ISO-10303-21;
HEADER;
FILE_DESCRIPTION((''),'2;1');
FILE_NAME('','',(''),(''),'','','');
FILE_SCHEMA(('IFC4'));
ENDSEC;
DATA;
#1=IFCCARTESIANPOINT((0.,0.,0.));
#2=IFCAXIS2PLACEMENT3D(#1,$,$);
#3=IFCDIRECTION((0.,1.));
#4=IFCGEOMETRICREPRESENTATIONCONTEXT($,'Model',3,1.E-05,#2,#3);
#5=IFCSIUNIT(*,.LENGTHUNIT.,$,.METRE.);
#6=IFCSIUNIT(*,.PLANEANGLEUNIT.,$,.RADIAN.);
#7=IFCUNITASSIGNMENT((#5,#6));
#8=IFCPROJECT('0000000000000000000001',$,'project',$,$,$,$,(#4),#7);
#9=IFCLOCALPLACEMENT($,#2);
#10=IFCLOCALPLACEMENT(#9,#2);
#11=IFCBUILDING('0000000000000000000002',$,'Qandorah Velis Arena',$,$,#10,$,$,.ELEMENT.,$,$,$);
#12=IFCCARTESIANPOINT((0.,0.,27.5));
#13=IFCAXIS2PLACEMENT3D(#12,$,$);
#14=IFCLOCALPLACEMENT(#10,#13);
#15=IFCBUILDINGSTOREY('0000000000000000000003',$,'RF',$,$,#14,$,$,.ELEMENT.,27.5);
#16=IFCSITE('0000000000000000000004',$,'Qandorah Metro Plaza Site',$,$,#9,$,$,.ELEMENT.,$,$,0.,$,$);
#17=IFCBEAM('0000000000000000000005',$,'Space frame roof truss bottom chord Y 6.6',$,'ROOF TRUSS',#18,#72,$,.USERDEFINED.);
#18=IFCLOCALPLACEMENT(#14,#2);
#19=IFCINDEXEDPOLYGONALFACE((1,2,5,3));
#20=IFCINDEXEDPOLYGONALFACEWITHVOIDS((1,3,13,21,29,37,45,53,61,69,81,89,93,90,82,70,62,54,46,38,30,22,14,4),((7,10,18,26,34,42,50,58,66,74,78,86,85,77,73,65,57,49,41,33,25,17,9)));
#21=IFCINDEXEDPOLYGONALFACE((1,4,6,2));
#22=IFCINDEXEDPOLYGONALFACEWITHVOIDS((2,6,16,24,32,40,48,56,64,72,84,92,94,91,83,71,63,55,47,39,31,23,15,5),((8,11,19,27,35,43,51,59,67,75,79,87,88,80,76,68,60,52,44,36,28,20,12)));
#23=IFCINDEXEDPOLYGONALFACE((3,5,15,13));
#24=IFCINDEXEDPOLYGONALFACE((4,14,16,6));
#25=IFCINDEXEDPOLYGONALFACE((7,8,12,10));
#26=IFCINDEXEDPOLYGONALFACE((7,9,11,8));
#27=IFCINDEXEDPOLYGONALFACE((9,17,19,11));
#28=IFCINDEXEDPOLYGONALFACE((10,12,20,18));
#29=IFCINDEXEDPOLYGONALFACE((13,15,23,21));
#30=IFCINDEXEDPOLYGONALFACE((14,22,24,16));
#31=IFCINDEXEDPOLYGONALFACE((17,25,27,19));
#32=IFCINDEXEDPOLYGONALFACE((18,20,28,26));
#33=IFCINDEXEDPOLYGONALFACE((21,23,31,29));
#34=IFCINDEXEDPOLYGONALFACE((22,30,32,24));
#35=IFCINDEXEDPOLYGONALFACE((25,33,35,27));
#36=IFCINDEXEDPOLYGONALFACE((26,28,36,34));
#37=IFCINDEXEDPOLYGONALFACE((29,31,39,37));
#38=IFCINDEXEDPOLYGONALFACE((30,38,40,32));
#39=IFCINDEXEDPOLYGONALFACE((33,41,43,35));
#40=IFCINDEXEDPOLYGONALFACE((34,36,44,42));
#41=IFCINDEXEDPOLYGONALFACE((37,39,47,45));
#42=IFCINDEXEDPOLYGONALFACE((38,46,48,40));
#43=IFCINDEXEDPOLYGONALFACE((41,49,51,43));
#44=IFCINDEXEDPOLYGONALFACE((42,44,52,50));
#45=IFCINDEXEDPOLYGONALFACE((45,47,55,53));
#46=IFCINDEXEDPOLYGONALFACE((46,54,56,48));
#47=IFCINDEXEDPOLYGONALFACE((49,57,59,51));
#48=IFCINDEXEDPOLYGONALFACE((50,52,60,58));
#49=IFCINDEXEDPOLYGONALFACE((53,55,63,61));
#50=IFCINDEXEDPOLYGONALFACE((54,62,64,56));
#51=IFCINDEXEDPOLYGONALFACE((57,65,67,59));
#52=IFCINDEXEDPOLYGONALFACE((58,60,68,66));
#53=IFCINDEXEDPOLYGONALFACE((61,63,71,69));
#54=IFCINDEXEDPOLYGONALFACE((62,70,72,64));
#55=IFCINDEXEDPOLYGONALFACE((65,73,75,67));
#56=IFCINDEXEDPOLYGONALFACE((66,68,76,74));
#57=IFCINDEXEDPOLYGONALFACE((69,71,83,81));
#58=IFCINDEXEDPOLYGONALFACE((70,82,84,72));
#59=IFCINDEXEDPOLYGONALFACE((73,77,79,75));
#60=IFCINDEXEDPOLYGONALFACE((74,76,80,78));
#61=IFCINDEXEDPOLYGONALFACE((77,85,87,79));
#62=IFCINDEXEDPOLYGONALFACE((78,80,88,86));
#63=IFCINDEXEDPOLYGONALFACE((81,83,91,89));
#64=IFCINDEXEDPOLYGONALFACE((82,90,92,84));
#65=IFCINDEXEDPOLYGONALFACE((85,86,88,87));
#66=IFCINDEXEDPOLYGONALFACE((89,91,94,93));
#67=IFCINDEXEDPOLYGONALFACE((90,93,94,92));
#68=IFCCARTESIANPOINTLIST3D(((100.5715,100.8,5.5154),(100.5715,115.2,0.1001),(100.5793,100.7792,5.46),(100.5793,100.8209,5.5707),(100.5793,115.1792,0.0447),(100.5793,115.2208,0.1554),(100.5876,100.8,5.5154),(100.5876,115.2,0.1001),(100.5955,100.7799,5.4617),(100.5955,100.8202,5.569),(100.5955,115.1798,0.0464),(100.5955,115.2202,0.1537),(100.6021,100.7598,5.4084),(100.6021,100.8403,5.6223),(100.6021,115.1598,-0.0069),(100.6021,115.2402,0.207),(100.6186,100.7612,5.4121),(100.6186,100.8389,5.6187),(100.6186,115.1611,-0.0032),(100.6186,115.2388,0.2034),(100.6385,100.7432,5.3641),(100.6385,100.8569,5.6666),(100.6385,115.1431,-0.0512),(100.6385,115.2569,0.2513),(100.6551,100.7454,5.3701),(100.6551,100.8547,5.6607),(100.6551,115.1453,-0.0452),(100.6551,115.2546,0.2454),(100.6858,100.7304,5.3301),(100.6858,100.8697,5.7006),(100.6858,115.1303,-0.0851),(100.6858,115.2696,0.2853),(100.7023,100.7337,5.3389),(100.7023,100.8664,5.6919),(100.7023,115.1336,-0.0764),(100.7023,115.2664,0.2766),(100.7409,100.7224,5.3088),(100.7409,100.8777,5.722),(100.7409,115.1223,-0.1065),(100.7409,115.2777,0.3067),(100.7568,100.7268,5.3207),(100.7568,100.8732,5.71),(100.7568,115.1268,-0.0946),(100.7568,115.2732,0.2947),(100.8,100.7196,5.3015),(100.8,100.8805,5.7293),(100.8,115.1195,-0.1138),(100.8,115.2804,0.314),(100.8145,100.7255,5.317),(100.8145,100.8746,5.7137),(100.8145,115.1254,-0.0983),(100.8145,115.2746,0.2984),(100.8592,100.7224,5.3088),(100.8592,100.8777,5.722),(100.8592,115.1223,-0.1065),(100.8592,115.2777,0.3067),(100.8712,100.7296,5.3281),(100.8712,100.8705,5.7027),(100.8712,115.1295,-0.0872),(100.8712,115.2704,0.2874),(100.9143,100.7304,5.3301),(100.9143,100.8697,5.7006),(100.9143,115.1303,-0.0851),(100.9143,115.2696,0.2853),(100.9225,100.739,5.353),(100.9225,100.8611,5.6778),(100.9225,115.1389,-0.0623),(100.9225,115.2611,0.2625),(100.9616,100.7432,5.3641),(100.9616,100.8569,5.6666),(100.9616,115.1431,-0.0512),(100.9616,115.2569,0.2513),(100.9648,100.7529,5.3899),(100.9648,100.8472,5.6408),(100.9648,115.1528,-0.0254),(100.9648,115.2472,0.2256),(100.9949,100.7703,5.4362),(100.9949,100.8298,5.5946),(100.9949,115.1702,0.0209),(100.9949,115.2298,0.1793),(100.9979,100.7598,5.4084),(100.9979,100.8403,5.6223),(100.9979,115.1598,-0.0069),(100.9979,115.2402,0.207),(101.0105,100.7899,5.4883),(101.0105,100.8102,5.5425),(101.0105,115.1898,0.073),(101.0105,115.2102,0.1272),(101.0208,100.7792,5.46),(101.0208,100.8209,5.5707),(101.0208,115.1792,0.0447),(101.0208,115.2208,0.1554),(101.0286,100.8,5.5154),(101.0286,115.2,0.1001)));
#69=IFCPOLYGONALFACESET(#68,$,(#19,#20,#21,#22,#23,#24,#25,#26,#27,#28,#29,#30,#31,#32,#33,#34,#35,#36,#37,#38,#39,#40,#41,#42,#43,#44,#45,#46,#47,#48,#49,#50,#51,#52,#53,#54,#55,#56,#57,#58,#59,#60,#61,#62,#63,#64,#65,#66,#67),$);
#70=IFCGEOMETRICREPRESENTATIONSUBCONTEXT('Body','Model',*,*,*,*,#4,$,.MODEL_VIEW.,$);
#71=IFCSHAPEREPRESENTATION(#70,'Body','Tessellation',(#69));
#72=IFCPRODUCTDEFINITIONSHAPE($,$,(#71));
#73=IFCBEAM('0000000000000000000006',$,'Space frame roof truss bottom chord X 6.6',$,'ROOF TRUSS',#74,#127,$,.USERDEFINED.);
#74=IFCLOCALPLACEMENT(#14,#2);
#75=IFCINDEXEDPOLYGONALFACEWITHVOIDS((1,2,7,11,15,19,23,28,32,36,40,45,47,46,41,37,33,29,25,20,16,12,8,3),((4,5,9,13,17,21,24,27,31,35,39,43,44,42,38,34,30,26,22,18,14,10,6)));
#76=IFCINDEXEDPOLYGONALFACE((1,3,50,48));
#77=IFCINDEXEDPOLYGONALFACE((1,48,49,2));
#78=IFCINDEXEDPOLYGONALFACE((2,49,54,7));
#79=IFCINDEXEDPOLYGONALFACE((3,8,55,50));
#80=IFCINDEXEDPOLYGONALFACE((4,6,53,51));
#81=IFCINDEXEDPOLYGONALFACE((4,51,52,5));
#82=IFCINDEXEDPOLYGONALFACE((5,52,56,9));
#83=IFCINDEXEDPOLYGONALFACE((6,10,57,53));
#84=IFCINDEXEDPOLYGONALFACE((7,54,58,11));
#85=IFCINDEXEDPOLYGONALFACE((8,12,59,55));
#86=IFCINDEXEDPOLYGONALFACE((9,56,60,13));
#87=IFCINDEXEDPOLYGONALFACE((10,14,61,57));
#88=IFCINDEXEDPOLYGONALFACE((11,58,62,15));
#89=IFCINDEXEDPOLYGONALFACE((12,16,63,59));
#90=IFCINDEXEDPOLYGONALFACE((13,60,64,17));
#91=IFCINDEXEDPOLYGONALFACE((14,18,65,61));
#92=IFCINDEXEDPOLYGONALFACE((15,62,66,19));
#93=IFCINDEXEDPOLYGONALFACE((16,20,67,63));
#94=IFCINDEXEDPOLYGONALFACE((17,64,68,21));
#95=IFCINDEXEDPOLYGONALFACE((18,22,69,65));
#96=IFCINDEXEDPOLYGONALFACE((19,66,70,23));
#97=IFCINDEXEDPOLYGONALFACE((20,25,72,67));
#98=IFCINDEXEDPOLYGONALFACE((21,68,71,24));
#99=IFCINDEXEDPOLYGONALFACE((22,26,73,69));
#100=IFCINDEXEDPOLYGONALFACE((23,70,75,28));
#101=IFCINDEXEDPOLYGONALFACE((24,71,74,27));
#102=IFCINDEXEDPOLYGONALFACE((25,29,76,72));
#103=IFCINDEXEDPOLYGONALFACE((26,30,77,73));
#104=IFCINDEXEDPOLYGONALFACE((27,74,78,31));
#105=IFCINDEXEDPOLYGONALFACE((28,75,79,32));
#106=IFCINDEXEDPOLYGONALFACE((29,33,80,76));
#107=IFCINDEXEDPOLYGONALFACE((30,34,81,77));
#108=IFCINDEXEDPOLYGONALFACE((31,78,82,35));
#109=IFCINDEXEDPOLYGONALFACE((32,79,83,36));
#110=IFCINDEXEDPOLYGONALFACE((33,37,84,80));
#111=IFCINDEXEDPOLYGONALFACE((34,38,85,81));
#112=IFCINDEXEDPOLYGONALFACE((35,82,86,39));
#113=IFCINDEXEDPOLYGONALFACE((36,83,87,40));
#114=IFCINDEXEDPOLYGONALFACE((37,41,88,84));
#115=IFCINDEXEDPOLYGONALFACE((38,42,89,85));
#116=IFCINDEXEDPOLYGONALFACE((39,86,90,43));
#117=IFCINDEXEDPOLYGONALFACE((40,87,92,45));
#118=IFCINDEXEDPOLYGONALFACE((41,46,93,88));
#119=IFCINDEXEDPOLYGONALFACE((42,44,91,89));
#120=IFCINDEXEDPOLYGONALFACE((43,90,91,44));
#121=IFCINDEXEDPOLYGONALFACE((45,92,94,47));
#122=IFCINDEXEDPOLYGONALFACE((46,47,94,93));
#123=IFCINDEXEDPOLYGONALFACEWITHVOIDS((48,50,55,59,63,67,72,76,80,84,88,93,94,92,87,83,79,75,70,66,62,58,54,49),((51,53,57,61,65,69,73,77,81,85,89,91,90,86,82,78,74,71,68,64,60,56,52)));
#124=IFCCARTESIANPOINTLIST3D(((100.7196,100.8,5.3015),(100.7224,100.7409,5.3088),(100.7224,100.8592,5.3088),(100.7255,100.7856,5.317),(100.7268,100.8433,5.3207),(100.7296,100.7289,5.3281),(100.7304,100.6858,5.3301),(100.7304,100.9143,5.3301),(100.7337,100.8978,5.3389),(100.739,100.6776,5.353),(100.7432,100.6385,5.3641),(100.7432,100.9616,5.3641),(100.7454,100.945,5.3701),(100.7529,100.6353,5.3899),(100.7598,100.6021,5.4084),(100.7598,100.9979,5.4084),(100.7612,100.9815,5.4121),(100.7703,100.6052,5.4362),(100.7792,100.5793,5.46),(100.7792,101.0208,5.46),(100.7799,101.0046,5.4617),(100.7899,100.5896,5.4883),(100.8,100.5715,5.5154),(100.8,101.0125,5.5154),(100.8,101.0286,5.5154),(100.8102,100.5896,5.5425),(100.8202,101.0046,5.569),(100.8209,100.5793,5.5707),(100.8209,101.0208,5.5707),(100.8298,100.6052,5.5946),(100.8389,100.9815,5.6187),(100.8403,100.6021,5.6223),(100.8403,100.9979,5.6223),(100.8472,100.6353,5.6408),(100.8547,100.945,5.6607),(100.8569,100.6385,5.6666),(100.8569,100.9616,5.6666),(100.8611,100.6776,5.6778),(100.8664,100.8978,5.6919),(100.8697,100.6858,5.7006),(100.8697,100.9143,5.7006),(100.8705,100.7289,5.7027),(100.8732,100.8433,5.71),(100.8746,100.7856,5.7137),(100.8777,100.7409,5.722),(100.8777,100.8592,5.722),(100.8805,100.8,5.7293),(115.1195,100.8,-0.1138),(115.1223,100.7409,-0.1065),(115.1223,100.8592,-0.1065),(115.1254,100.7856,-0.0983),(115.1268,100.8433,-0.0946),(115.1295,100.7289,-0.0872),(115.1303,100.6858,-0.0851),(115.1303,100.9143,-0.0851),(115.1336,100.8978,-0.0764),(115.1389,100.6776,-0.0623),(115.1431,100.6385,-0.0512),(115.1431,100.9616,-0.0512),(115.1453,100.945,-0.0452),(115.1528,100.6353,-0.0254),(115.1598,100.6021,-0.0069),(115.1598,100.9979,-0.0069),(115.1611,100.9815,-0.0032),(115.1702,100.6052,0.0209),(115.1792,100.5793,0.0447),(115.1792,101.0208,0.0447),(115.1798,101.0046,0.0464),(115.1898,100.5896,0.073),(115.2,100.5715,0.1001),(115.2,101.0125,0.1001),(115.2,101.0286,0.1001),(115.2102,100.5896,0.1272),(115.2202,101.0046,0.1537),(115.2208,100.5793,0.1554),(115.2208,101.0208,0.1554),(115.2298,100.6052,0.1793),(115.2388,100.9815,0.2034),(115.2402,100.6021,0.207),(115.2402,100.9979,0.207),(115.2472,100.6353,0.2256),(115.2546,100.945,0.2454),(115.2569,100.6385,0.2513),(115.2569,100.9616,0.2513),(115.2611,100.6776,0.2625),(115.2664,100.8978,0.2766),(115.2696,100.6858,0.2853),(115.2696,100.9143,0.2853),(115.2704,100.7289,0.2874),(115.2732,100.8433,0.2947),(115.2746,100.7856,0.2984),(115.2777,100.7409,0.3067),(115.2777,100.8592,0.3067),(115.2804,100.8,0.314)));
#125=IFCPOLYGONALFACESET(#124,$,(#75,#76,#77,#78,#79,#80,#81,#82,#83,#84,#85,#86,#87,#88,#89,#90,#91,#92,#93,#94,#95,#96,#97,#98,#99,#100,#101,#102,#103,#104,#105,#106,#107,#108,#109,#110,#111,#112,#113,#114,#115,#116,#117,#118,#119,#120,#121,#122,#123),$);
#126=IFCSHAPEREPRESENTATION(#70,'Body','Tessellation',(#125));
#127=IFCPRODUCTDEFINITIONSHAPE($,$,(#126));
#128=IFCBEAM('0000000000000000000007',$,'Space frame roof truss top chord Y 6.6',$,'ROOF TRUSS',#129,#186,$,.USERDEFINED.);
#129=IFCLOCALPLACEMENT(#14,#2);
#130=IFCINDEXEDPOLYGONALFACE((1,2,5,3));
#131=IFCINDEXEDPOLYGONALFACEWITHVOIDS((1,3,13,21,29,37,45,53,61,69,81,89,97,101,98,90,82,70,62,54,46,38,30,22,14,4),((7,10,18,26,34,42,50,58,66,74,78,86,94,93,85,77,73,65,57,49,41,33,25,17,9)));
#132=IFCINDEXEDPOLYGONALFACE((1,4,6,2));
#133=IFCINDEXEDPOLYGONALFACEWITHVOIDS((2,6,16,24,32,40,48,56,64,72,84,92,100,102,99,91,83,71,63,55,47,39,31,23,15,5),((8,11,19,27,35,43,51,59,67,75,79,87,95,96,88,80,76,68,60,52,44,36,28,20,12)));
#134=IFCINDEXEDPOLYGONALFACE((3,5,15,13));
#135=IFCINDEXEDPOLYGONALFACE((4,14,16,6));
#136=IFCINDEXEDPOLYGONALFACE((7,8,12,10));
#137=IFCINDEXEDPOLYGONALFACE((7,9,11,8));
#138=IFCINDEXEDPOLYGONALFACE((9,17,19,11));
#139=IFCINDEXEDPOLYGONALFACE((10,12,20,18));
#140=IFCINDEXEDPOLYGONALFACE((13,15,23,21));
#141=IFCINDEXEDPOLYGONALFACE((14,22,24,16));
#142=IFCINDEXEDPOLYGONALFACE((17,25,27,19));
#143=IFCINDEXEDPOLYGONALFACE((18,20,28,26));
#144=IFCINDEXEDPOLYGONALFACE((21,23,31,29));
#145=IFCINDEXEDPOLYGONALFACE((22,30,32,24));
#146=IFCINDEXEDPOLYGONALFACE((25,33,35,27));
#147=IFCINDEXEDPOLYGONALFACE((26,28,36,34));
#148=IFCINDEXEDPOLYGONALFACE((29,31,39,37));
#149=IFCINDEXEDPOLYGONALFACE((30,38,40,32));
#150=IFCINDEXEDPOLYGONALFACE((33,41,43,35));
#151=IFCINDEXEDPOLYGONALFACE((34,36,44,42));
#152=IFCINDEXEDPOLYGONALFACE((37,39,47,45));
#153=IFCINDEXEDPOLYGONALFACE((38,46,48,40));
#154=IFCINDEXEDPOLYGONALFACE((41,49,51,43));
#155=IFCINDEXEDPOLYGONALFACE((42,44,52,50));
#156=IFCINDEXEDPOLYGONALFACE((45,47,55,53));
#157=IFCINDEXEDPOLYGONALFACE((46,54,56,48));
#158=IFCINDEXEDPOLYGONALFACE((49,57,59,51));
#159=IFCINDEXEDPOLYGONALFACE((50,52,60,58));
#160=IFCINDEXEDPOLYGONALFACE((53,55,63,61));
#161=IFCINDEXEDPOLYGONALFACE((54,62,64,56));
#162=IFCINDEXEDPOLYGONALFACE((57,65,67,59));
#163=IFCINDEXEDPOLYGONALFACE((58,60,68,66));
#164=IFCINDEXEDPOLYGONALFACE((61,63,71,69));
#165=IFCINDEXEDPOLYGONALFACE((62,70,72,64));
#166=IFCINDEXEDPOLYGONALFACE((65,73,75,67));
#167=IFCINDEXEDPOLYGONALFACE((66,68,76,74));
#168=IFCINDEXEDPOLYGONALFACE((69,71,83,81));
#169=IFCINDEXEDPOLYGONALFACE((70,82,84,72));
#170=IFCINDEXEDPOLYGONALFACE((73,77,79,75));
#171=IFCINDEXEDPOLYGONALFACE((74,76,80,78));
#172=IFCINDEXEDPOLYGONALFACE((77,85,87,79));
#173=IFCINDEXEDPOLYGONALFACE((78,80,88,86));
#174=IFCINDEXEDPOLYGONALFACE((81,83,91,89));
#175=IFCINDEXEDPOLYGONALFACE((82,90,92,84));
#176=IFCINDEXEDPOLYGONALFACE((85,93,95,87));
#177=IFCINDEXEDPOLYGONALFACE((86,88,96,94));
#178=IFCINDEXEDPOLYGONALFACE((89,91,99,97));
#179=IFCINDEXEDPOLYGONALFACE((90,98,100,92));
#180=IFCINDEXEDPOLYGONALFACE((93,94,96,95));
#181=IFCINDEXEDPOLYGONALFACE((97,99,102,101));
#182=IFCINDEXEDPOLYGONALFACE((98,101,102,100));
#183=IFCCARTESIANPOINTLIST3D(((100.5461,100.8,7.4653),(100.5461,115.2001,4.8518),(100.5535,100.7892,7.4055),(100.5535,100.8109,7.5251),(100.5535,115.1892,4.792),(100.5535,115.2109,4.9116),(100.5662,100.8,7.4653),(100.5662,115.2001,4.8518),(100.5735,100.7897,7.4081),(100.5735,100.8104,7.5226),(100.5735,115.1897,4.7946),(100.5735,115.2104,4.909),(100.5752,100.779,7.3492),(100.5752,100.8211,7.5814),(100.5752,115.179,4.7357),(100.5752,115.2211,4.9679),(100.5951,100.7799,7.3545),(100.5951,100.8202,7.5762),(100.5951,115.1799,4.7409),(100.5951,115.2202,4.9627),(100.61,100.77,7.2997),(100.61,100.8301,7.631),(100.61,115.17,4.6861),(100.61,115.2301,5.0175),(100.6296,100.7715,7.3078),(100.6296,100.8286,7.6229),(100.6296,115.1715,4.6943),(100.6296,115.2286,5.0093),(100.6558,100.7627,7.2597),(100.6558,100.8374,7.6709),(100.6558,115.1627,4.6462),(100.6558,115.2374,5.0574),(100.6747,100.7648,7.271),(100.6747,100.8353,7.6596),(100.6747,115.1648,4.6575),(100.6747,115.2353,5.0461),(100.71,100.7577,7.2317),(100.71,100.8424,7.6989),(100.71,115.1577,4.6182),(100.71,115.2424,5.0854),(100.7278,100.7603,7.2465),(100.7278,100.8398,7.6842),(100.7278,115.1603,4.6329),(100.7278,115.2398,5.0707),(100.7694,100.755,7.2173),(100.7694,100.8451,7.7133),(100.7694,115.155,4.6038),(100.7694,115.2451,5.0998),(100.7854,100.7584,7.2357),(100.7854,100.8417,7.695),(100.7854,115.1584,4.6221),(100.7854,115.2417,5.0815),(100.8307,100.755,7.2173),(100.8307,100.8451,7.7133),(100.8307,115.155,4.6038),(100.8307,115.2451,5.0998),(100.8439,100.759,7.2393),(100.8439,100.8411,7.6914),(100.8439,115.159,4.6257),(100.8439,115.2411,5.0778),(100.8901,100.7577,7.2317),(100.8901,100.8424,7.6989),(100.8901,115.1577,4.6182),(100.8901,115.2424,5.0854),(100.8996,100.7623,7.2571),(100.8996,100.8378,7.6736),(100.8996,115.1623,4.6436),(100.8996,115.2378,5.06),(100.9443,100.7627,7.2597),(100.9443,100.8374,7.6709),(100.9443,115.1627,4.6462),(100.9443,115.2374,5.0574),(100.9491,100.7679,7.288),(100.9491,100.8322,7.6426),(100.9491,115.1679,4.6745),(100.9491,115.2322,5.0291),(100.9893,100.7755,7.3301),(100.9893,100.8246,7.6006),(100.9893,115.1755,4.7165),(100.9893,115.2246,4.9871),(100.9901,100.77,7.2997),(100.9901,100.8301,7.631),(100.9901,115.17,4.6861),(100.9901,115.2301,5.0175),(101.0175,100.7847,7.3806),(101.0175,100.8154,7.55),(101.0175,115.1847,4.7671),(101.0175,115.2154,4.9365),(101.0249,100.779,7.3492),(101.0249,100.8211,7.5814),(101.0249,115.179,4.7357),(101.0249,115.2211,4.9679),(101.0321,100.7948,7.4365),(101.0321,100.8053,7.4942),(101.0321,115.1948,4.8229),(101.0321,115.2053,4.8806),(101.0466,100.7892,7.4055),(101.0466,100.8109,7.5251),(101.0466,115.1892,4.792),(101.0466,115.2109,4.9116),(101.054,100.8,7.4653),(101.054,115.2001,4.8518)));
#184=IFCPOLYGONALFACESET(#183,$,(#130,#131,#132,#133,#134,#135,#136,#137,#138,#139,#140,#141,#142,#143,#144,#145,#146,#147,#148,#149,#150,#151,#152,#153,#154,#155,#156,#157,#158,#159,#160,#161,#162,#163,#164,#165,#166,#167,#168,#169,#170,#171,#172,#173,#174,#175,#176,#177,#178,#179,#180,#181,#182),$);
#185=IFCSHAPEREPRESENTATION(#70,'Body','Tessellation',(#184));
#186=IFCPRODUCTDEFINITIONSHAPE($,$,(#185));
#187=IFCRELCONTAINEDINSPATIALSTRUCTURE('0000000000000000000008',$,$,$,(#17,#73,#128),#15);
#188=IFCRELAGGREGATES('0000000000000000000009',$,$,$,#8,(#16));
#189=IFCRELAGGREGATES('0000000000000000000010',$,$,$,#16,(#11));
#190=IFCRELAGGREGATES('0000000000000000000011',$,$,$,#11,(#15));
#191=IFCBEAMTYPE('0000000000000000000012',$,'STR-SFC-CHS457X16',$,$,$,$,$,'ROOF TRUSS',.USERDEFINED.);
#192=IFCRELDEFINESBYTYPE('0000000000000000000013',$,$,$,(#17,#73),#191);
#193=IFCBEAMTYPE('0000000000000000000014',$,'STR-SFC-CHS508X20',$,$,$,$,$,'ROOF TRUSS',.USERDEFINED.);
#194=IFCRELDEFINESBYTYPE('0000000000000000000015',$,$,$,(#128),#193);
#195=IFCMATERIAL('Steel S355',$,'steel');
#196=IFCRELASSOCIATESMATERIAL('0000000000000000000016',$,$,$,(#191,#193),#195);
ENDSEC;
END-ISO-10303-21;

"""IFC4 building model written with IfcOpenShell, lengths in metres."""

from ifc_helpers import new_model, si_unit, direction, frame, origin, origin_2d, place, context, subcontext, project, spatial, hollow_circle, extrude, material, material_profile, profile_set, type_object, element, save


model = new_model("IFC4")

# Units and contexts
model_context = context("Model", 3, precision=1e-05, world=origin(), true_north=direction((0.0, 1.0)))
body_context = subcontext(model_context, "Body", "Model", "MODEL_VIEW")
ifc_project = project(units=[si_unit("LENGTHUNIT", "METRE"), si_unit("PLANEANGLEUNIT", "RADIAN")], contexts=[model_context])

# Site, building, storey
site_placement = place(None, origin())
site = spatial("IfcSite", under=ifc_project, at=site_placement, Name="Qandorah Metro Plaza Site", CompositionType="ELEMENT", RefElevation=0.0)
building_placement = place(site_placement, origin())
building = spatial("IfcBuilding", under=site, at=building_placement, Name="Qandorah Velis Arena", CompositionType="ELEMENT")
storey_placement = place(building_placement, frame((0.0, 0.0, 27.5)))
storey = spatial("IfcBuildingStorey", under=building, at=storey_placement, Name="RF", CompositionType="ELEMENT", Elevation=27.5)

# Shared definitions
ifc_material_1 = material(Name="Steel S355", Category="steel")

# Beams
ifc_material_profile_1 = material_profile(ifc_material_1, hollow_circle(Radius=0.2285, WallThickness=0.0161, at=origin_2d()), Name="CHS 457x16")
ifc_profile_set_1 = profile_set([ifc_material_profile_1], Name="Steel S355")
beam_type_1 = type_object("IfcBeamType", Name="STR-SFC-CHS457X16", ElementType="ROOF TRUSS", PredefinedType="USERDEFINED", material=ifc_profile_set_1)
for number, where, z_axis, x_axis, name in (
    (1, (100.8, 100.8, 5.5154), (0.0, 0.936001, -0.351996), (-1.0, 0.0, 0.0), "Space frame roof truss bottom chord Y 6.6"),
    (2, (100.8, 100.8, 5.5154), (0.936001, 0.0, -0.351996), (0.0, 1.0, 0.0), "Space frame roof truss bottom chord X 6.6"),
):
    element("IfcBeam", number, at=place(storey_placement, frame(where, z_axis=z_axis, x_axis=x_axis)), inside=storey, type_object=beam_type_1, Name=name, ObjectType="ROOF TRUSS", PredefinedType="USERDEFINED", context=body_context, shape_type="SweptSolid", body=[
        extrude(hollow_circle(Radius=0.2285, WallThickness=0.0161, at=origin_2d()), origin(), (0.0, 0.0, 1.0), 15.3845),
    ])
ifc_material_profile_2 = material_profile(ifc_material_1, hollow_circle(Radius=0.2539, WallThickness=0.02, at=origin_2d()), Name="CHS 508x20")
ifc_profile_set_2 = profile_set([ifc_material_profile_2], Name="Steel S355")
beam_type_2 = type_object("IfcBeamType", Name="STR-SFC-CHS508X20", ElementType="ROOF TRUSS", PredefinedType="USERDEFINED", material=ifc_profile_set_2)
beam_1_placement = place(storey_placement, frame((100.8, 100.8, 7.4653), z_axis=(0.0, 0.983926, -0.178579), x_axis=(-1.0, 0.0, 0.0)))
element("IfcBeam", 3, at=beam_1_placement, inside=storey, type_object=beam_type_2, Name="Space frame roof truss top chord Y 6.6", ObjectType="ROOF TRUSS", PredefinedType="USERDEFINED", context=body_context, shape_type="SweptSolid", body=[
    extrude(hollow_circle(Radius=0.2539, WallThickness=0.02, at=origin_2d()), origin(), (0.0, 0.0, 1.0), 14.6353),
])

save(model, "model.ifc")
